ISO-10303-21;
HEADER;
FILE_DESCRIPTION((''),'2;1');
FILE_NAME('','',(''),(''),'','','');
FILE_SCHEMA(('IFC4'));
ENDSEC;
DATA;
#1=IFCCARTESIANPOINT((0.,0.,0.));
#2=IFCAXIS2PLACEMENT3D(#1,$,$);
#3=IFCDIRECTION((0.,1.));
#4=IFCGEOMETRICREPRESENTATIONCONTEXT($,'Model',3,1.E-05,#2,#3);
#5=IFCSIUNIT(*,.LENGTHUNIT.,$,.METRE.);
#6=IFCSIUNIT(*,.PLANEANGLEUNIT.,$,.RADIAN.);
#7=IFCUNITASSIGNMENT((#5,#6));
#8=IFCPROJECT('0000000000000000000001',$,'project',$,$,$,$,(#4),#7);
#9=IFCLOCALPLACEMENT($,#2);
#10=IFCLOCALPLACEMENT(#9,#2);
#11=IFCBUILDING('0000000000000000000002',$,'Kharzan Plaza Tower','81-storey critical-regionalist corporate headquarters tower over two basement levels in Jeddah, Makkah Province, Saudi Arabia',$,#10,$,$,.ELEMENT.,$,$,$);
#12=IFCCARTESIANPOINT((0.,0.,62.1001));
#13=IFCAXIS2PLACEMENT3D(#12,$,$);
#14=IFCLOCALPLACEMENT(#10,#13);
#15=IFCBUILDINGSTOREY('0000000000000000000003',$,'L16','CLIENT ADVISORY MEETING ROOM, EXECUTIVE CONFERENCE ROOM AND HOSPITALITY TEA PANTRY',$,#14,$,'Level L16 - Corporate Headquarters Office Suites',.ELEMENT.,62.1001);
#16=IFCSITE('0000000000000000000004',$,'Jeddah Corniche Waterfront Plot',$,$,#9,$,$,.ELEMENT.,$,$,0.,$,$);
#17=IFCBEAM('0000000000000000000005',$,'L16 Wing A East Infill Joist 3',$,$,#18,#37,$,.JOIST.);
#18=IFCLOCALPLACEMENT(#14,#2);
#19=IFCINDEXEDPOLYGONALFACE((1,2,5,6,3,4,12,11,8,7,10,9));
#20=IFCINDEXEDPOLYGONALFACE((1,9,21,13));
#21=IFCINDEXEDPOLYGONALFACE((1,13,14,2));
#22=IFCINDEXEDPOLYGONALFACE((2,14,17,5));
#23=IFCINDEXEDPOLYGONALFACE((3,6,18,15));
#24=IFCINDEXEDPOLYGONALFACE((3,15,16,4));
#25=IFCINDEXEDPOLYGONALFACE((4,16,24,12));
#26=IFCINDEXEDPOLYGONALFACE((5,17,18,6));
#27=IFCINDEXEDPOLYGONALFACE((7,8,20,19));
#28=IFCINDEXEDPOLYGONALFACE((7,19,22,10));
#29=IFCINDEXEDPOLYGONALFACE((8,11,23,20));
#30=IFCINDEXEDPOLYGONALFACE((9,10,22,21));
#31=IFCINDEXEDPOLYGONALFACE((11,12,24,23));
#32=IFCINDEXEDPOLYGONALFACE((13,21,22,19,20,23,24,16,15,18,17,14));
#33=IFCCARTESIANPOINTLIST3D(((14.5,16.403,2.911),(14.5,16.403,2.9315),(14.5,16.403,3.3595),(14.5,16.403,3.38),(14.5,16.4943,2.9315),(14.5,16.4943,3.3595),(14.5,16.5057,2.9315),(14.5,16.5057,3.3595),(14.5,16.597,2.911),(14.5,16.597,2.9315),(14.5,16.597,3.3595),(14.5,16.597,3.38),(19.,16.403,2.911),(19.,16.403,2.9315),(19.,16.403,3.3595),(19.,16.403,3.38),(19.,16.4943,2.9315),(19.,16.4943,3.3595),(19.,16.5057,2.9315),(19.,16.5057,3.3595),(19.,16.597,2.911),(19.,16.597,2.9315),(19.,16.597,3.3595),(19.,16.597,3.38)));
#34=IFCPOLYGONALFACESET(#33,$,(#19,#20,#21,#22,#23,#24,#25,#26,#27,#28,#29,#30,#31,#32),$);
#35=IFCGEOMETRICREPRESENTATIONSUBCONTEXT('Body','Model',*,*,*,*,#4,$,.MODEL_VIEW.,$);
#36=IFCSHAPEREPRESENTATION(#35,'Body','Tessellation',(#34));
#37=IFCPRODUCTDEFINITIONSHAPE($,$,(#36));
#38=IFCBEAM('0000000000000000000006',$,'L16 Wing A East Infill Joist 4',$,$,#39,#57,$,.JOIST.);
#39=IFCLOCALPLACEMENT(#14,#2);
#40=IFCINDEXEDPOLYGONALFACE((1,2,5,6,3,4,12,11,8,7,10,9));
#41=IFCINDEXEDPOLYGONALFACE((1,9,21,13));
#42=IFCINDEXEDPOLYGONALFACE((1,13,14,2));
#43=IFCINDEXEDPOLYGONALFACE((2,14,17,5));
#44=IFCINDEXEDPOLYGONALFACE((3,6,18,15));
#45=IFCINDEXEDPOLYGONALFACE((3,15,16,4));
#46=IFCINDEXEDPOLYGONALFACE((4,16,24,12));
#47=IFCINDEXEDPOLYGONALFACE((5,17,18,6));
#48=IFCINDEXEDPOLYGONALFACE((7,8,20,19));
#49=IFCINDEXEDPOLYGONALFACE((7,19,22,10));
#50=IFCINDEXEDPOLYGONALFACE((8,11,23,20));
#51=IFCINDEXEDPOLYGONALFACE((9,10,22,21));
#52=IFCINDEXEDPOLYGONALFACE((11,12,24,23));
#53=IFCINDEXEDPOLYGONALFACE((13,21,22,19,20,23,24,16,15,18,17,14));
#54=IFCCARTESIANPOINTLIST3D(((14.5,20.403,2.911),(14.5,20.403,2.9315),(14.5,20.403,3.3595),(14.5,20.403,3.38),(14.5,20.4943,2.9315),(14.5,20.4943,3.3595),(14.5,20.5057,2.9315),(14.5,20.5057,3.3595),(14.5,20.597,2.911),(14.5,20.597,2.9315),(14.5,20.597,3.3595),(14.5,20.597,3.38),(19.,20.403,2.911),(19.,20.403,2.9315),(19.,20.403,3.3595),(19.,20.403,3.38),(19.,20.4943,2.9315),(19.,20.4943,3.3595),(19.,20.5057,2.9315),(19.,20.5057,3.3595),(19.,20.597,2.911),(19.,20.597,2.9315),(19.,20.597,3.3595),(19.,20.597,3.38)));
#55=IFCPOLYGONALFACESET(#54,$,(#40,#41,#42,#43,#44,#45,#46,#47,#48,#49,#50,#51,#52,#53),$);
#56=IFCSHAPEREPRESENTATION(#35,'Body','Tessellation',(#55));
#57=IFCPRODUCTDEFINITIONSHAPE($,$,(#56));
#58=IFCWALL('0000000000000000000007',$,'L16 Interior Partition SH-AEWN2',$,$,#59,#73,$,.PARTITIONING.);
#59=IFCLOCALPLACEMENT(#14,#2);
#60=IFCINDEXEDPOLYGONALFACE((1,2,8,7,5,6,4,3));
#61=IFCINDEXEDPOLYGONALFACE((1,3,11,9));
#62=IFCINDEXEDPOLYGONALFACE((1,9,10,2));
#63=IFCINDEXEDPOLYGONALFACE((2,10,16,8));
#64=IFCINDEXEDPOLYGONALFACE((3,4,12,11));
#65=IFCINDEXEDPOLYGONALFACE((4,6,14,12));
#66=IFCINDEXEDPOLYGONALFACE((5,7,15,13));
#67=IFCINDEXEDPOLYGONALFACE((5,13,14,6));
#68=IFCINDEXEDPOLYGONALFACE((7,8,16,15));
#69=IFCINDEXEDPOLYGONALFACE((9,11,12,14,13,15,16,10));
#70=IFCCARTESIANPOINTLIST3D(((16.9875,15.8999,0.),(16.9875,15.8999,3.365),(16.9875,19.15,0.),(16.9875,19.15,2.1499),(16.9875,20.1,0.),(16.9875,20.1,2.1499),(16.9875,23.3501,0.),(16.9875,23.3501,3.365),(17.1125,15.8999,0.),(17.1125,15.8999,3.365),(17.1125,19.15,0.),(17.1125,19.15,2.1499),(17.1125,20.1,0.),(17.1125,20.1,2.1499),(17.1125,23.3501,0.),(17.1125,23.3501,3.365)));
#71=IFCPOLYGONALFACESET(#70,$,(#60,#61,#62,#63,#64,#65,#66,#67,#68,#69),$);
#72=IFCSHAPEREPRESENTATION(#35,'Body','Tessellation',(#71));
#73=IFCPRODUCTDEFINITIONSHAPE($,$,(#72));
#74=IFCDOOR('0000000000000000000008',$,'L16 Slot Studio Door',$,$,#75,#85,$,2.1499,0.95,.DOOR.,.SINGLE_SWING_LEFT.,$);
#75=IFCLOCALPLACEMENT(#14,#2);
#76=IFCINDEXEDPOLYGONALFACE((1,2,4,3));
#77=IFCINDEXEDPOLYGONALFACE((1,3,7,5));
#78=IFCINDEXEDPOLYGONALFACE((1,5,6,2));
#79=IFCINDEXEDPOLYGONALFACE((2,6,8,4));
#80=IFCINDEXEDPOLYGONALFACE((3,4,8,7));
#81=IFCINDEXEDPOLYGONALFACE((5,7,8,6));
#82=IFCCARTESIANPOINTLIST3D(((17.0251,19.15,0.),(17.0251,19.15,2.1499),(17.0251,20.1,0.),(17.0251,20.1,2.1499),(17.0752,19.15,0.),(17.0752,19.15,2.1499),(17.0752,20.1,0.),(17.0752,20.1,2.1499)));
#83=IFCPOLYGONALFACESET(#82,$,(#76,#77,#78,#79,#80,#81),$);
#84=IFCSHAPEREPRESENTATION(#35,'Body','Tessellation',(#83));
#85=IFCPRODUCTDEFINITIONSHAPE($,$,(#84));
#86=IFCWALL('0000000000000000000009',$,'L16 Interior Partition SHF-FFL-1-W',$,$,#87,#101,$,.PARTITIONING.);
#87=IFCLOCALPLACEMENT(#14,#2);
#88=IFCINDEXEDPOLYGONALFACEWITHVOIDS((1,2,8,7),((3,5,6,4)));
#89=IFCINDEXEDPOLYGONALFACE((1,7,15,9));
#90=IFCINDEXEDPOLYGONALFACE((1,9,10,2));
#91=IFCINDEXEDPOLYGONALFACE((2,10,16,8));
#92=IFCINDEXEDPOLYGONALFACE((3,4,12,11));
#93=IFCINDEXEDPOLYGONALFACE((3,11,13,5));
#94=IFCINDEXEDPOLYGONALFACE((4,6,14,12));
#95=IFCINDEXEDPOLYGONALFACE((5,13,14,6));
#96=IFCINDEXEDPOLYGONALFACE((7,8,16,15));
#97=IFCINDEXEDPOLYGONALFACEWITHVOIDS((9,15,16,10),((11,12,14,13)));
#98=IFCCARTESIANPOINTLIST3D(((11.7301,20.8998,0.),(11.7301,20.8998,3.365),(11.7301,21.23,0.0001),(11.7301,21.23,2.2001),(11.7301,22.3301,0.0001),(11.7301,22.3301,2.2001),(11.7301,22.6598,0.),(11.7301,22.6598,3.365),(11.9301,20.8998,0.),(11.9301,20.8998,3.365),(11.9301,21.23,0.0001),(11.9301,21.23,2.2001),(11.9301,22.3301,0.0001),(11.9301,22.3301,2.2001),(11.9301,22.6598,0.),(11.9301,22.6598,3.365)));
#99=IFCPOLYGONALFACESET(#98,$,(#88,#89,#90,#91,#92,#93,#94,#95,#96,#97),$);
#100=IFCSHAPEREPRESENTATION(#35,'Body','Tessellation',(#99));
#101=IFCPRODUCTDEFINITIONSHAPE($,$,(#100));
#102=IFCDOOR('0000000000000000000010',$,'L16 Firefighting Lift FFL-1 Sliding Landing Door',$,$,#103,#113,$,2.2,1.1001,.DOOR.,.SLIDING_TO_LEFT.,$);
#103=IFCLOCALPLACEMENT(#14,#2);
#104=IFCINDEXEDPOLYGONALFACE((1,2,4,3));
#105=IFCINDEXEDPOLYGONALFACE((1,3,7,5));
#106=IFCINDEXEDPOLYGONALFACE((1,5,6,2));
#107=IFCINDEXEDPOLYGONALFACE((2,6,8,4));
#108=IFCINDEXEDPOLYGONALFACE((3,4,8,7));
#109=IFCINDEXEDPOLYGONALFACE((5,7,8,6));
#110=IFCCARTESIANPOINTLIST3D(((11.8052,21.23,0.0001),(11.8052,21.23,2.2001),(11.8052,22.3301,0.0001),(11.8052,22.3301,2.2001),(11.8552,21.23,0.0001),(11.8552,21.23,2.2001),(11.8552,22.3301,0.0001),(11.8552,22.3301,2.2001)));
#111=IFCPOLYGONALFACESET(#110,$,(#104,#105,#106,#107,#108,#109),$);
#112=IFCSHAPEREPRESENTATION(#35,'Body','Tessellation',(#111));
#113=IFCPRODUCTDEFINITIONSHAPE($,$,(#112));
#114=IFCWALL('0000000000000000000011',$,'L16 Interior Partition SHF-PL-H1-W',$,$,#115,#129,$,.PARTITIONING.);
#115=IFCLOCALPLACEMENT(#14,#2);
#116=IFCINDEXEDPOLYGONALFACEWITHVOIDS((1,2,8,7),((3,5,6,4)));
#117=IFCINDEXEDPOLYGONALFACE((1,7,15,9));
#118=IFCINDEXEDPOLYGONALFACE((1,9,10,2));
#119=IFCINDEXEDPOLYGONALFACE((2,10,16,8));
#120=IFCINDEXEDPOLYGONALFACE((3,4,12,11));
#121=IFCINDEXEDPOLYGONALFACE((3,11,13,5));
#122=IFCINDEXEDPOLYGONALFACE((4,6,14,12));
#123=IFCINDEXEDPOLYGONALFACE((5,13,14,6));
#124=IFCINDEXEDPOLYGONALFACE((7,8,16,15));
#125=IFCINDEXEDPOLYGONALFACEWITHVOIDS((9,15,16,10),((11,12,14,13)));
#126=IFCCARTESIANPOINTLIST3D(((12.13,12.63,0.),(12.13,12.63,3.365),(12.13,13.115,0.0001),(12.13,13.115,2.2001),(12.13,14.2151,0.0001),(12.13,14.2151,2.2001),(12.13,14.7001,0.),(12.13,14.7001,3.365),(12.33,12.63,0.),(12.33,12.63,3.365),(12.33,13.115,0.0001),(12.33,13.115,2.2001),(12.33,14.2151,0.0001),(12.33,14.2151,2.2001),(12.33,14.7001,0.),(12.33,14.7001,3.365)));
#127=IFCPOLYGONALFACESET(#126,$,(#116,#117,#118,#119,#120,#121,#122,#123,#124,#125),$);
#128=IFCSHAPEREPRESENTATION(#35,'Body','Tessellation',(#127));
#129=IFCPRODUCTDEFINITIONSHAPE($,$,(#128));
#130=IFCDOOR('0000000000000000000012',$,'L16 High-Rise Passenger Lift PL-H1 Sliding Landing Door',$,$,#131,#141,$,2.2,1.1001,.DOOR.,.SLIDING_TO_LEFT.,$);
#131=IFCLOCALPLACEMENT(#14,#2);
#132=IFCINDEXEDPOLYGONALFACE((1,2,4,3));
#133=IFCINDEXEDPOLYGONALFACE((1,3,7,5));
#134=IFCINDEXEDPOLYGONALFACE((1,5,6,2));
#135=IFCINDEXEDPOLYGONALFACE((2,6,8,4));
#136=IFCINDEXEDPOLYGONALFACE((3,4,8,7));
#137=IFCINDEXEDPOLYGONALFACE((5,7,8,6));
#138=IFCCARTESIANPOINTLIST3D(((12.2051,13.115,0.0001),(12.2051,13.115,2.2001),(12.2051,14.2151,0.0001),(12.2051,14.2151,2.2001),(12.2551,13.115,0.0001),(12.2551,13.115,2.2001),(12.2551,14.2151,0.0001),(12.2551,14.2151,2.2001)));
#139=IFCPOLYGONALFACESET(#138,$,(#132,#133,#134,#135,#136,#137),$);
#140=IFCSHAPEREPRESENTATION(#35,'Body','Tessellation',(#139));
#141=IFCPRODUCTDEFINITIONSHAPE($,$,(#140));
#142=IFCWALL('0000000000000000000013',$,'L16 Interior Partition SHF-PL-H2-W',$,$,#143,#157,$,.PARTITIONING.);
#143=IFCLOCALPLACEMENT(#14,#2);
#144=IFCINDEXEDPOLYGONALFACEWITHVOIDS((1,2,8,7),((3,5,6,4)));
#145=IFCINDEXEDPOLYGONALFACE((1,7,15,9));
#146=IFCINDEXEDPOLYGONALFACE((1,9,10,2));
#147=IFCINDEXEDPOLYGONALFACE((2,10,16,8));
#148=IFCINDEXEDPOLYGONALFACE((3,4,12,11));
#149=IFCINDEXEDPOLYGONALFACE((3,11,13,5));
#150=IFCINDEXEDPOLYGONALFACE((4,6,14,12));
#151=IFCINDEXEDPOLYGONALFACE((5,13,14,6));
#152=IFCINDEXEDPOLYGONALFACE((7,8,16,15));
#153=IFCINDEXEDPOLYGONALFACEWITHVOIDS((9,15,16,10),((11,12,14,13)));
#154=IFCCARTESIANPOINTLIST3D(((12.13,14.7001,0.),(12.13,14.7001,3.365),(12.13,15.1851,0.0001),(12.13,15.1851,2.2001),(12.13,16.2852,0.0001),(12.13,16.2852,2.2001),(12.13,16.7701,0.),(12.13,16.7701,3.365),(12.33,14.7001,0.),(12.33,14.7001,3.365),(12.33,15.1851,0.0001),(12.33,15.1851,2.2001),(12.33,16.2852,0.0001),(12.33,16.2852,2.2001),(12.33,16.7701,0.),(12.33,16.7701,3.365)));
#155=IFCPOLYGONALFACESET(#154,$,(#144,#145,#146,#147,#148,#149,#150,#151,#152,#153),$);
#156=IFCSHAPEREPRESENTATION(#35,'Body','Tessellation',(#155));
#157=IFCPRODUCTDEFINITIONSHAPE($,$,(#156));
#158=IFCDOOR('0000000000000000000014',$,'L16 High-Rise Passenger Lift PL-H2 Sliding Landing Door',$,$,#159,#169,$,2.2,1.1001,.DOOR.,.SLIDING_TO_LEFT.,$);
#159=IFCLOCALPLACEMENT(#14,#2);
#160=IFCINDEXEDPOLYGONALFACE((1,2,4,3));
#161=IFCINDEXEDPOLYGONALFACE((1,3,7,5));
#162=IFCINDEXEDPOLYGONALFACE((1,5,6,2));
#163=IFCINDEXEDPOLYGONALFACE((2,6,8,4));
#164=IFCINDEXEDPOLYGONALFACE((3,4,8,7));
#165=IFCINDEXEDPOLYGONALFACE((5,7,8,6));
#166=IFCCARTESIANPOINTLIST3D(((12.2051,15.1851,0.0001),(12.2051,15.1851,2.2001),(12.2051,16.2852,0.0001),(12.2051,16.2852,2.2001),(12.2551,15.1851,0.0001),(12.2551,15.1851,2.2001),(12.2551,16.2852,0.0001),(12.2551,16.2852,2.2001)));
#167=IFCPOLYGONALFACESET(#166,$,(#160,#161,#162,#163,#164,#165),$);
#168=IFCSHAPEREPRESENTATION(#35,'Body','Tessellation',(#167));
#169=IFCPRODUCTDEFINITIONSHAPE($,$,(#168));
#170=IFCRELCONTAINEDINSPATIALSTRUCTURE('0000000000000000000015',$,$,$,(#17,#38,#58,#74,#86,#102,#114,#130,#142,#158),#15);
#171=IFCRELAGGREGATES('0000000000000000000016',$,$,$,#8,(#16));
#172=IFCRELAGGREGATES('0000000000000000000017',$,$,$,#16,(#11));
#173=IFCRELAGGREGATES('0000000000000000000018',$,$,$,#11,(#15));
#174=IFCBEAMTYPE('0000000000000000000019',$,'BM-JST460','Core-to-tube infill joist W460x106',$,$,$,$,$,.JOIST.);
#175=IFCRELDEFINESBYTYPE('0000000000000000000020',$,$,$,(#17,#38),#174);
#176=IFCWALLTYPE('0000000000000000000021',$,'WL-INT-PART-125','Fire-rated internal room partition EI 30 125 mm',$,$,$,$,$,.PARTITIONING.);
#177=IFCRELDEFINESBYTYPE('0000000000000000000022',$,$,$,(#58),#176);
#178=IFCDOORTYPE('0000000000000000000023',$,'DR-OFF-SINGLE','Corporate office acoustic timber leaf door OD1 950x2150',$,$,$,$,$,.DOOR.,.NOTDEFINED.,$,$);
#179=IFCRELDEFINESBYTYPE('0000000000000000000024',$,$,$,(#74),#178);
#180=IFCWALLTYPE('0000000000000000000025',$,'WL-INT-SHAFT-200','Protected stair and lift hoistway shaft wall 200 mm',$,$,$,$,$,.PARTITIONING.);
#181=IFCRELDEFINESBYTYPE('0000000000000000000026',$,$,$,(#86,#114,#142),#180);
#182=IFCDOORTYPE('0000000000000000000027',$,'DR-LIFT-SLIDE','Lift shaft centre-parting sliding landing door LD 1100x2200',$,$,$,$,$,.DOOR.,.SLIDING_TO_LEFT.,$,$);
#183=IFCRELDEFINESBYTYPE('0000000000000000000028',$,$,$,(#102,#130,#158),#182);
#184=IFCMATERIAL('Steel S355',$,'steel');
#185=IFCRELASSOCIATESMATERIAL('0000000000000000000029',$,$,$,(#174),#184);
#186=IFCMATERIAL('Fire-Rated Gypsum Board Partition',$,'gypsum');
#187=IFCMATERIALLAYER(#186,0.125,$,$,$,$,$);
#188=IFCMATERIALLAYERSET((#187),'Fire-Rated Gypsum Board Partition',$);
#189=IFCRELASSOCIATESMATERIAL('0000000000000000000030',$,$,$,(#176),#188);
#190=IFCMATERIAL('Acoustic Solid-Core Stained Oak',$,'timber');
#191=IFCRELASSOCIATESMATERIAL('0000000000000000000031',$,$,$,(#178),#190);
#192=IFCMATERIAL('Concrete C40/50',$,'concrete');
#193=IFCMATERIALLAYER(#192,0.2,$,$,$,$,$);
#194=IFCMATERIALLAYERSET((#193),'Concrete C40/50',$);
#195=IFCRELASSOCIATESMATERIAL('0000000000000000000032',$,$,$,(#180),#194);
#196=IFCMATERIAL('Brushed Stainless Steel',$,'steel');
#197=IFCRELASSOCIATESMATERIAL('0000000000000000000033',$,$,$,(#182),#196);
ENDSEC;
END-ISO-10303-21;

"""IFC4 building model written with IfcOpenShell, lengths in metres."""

from ifc_helpers import new_model, si_unit, direction, frame, frame_2d, origin, origin_2d, place, context, subcontext, project, spatial, rectangle, i_section, extrude, source, transform, mapped, material, layer, layer_set, material_profile, profile_set, type_object, element, fill, save


model = new_model("IFC4")

# Units and contexts
model_context = context("Model", 3, precision=1e-05, world=origin(), true_north=direction((0.0, 1.0)))
body_context = subcontext(model_context, "Body", "Model", "MODEL_VIEW")
ifc_project = project(units=[si_unit("LENGTHUNIT", "METRE"), si_unit("PLANEANGLEUNIT", "RADIAN")], contexts=[model_context])

# Site, building, storey
site_placement = place(None, origin())
site = spatial("IfcSite", under=ifc_project, at=site_placement, Name="Jeddah Corniche Waterfront Plot", CompositionType="ELEMENT", RefElevation=0.0)
building_placement = place(site_placement, origin())
building = spatial("IfcBuilding", under=site, at=building_placement, Name="Kharzan Plaza Tower", Description="81-storey critical-regionalist corporate headquarters tower over two basement levels in Jeddah, Makkah Province, Saudi Arabia", CompositionType="ELEMENT")
storey_placement = place(building_placement, frame((0.0, 0.0, 62.1001)))
storey = spatial("IfcBuildingStorey", under=building, at=storey_placement, Name="L16", Description="CLIENT ADVISORY MEETING ROOM, EXECUTIVE CONFERENCE ROOM AND HOSPITALITY TEA PANTRY", LongName="Level L16 - Corporate Headquarters Office Suites", CompositionType="ELEMENT", Elevation=62.1001)

# Beams
ifc_material_1 = material(Name="Steel S355", Category="steel")
ifc_material_profile_1 = material_profile(ifc_material_1, i_section(OverallWidth=0.1941, OverallDepth=0.469, WebThickness=0.0115, FlangeThickness=0.0205, at=origin_2d()), Name="W460x106")
ifc_profile_set_1 = profile_set([ifc_material_profile_1], Name="Steel S355")
beam_type_1 = type_object("IfcBeamType", Name="BM-JST460", Description="Core-to-tube infill joist W460x106", PredefinedType="JOIST", material=ifc_profile_set_1)
shared_shape_1 = source(origin(), body_context, "Body", "SweptSolid", [
    extrude(i_section(OverallWidth=0.1941, OverallDepth=0.469, WebThickness=0.0115, FlangeThickness=0.0205, at=origin_2d()), origin(), (0.0, 0.0, 1.0), 4.5),
])
for number, where, z_axis, x_axis, name in (
    (1, (14.5, 16.5, 3.1455), (1.0, 0.0, 0.0), (0.0, 1.0, 0.0), "L16 Wing A East Infill Joist 3"),
    (2, (14.5, 20.5, 3.1455), (1.0, 0.0, 0.0), (0.0, 1.0, 0.0), "L16 Wing A East Infill Joist 4"),
):
    element("IfcBeam", number, at=place(storey_placement, frame(where, z_axis=z_axis, x_axis=x_axis)), inside=storey, type_object=beam_type_1, Name=name, PredefinedType="JOIST", context=body_context, shape_type="MappedRepresentation", body=[
        mapped(shared_shape_1, transform((0.0, 0.0, 0.0), x_axis=(1.0, 0.0, 0.0), y_axis=(0.0, 1.0, 0.0), z_axis=(0.0, 0.0, 1.0))),
    ])

# Walls, openings, doors
ifc_material_2 = material(Name="Fire-Rated Gypsum Board Partition", Category="gypsum")
ifc_layer_1 = layer(ifc_material_2, 0.125)
ifc_layer_set_1 = layer_set([ifc_layer_1], Name="Fire-Rated Gypsum Board Partition")
wall_type_1 = type_object("IfcWallType", Name="WL-INT-PART-125", Description="Fire-rated internal room partition EI 30 125 mm", PredefinedType="PARTITIONING", material=ifc_layer_set_1)
ifc_material_3 = material(Name="Acoustic Solid-Core Stained Oak", Category="timber")
door_type_1 = type_object("IfcDoorType", Name="DR-OFF-SINGLE", Description="Corporate office acoustic timber leaf door OD1 950x2150", OperationType="NOTDEFINED", PredefinedType="DOOR", material=ifc_material_3)
shared_shape_2 = source(origin(), body_context, "Body", "SweptSolid", [
    extrude(rectangle(XDim=0.95, YDim=2.1499, at=frame_2d((0.4751, 1.075))), frame((0.0, 0.0249, 0.0), z_axis=(0.0, -1.0, 0.0), x_axis=(1.0, 0.0, 0.0)), (0.0, 0.0, 1.0), 0.05),
])
wall_1_placement = place(storey_placement, frame((17.05, 15.8999, 0.0), z_axis=(0.0, 0.0, 1.0), x_axis=(0.0, 1.0, 0.0)))
wall_1 = element("IfcWall", 3, at=wall_1_placement, inside=storey, type_object=wall_type_1, Name="L16 Interior Partition SH-AEWN2", PredefinedType="PARTITIONING", context=body_context, shape_type="SweptSolid", body=[
    extrude(rectangle(XDim=7.4502, YDim=0.125, at=frame_2d((3.7251, 0.0))), origin(), (0.0, 0.0, 1.0), 3.365),
])
opening_1_placement = place(wall_1_placement, frame((3.25, 0.0, 0.0)))
opening_1 = element("IfcOpeningElement", 4, at=opening_1_placement, cuts=wall_1, PredefinedType="OPENING", context=body_context, shape_type="SweptSolid", body=[
    extrude(rectangle(XDim=0.95, YDim=2.1499, at=frame_2d((0.4751, 1.075))), frame((0.0, 0.0725, 0.0), z_axis=(0.0, -1.0, 0.0), x_axis=(1.0, 0.0, 0.0)), (0.0, 0.0, 1.0), 0.145),
])
door_1_placement = place(opening_1_placement, origin())
door_1 = element("IfcDoor", 5, at=door_1_placement, inside=storey, type_object=door_type_1, Name="L16 Slot Studio Door", OperationType="SINGLE_SWING_LEFT", OverallHeight=2.1499, OverallWidth=0.95, PredefinedType="DOOR", context=body_context, shape_type="MappedRepresentation", body=[
    mapped(shared_shape_2, transform((0.0, 0.0, 0.0), x_axis=(1.0, 0.0, 0.0), y_axis=(0.0, 1.0, 0.0), z_axis=(0.0, 0.0, 1.0))),
])
fill(opening_1, door_1)
ifc_material_4 = material(Name="Concrete C40/50", Category="concrete")
ifc_layer_2 = layer(ifc_material_4, 0.2)
ifc_layer_set_2 = layer_set([ifc_layer_2], Name="Concrete C40/50")
wall_type_2 = type_object("IfcWallType", Name="WL-INT-SHAFT-200", Description="Protected stair and lift hoistway shaft wall 200 mm", PredefinedType="PARTITIONING", material=ifc_layer_set_2)
wall_2_placement = place(storey_placement, frame((11.8301, 20.8999, 0.0), z_axis=(0.0, 0.0, 1.0), x_axis=(0.0, 1.0, 0.0)))
wall_2 = element("IfcWall", 6, at=wall_2_placement, inside=storey, type_object=wall_type_2, Name="L16 Interior Partition SHF-FFL-1-W", PredefinedType="PARTITIONING", context=body_context, shape_type="SweptSolid", body=[
    extrude(rectangle(XDim=1.76, YDim=0.2, at=frame_2d((0.8799, 0.0))), origin(), (0.0, 0.0, 1.0), 3.365),
])
opening_2_placement = place(wall_2_placement, frame((0.3301, 0.0, 0.0)))
opening_2 = element("IfcOpeningElement", 7, at=opening_2_placement, cuts=wall_2, PredefinedType="OPENING", context=body_context, shape_type="SweptSolid", body=[
    extrude(rectangle(XDim=1.1001, YDim=2.2, at=frame_2d((0.55, 1.1001))), frame((0.0, 0.1099, 0.0), z_axis=(0.0, -1.0, 0.0), x_axis=(1.0, 0.0, 0.0)), (0.0, 0.0, 1.0), 0.22),
])
ifc_material_5 = material(Name="Brushed Stainless Steel", Category="steel")
door_type_2 = type_object("IfcDoorType", Name="DR-LIFT-SLIDE", Description="Lift shaft centre-parting sliding landing door LD 1100x2200", OperationType="SLIDING_TO_LEFT", PredefinedType="DOOR", material=ifc_material_5)
shared_shape_3 = source(origin(), body_context, "Body", "SweptSolid", [
    extrude(rectangle(XDim=1.1001, YDim=2.2, at=frame_2d((0.55, 1.1001))), frame((0.0, 0.0249, 0.0), z_axis=(0.0, -1.0, 0.0), x_axis=(1.0, 0.0, 0.0)), (0.0, 0.0, 1.0), 0.05),
])
door_2_placement = place(opening_2_placement, origin())
door_2 = element("IfcDoor", 8, at=door_2_placement, inside=storey, type_object=door_type_2, Name="L16 Firefighting Lift FFL-1 Sliding Landing Door", OperationType="SLIDING_TO_LEFT", OverallHeight=2.2, OverallWidth=1.1001, PredefinedType="DOOR", context=body_context, shape_type="MappedRepresentation", body=[
    mapped(shared_shape_3, transform((0.0, 0.0, 0.0), x_axis=(1.0, 0.0, 0.0), y_axis=(0.0, 1.0, 0.0), z_axis=(0.0, 0.0, 1.0))),
])
fill(opening_2, door_2)
wall_3_placement = place(storey_placement, frame((12.23, 12.6299, 0.0), z_axis=(0.0, 0.0, 1.0), x_axis=(0.0, 1.0, 0.0)))
wall_3 = element("IfcWall", 9, at=wall_3_placement, inside=storey, type_object=wall_type_2, Name="L16 Interior Partition SHF-PL-H1-W", PredefinedType="PARTITIONING", context=body_context, shape_type="SweptSolid", body=[
    extrude(rectangle(XDim=2.0701, YDim=0.2, at=frame_2d((1.0352, 0.0))), origin(), (0.0, 0.0, 1.0), 3.365),
])
opening_3_placement = place(wall_3_placement, frame((0.4851, 0.0, 0.0)))
opening_3 = element("IfcOpeningElement", 10, at=opening_3_placement, cuts=wall_3, PredefinedType="OPENING", context=body_context, shape_type="SweptSolid", body=[
    extrude(rectangle(XDim=1.1001, YDim=2.2, at=frame_2d((0.55, 1.1001))), frame((0.0, 0.1099, 0.0), z_axis=(0.0, -1.0, 0.0), x_axis=(1.0, 0.0, 0.0)), (0.0, 0.0, 1.0), 0.22),
])
door_3_placement = place(opening_3_placement, origin())
door_3 = element("IfcDoor", 11, at=door_3_placement, inside=storey, type_object=door_type_2, Name="L16 High-Rise Passenger Lift PL-H1 Sliding Landing Door", OperationType="SLIDING_TO_LEFT", OverallHeight=2.2, OverallWidth=1.1001, PredefinedType="DOOR", context=body_context, shape_type="MappedRepresentation", body=[
    mapped(shared_shape_3, transform((0.0, 0.0, 0.0), x_axis=(1.0, 0.0, 0.0), y_axis=(0.0, 1.0, 0.0), z_axis=(0.0, 0.0, 1.0))),
])
fill(opening_3, door_3)
wall_4_placement = place(storey_placement, frame((12.23, 14.7, 0.0), z_axis=(0.0, 0.0, 1.0), x_axis=(0.0, 1.0, 0.0)))
wall_4 = element("IfcWall", 12, at=wall_4_placement, inside=storey, type_object=wall_type_2, Name="L16 Interior Partition SHF-PL-H2-W", PredefinedType="PARTITIONING", context=body_context, shape_type="SweptSolid", body=[
    extrude(rectangle(XDim=2.0701, YDim=0.2, at=frame_2d((1.0352, 0.0))), origin(), (0.0, 0.0, 1.0), 3.365),
])
opening_4_placement = place(wall_4_placement, frame((0.4851, 0.0, 0.0)))
opening_4 = element("IfcOpeningElement", 13, at=opening_4_placement, cuts=wall_4, PredefinedType="OPENING", context=body_context, shape_type="SweptSolid", body=[
    extrude(rectangle(XDim=1.1001, YDim=2.2, at=frame_2d((0.55, 1.1001))), frame((0.0, 0.1099, 0.0), z_axis=(0.0, -1.0, 0.0), x_axis=(1.0, 0.0, 0.0)), (0.0, 0.0, 1.0), 0.22),
])
door_4_placement = place(opening_4_placement, origin())
door_4 = element("IfcDoor", 14, at=door_4_placement, inside=storey, type_object=door_type_2, Name="L16 High-Rise Passenger Lift PL-H2 Sliding Landing Door", OperationType="SLIDING_TO_LEFT", OverallHeight=2.2, OverallWidth=1.1001, PredefinedType="DOOR", context=body_context, shape_type="MappedRepresentation", body=[
    mapped(shared_shape_3, transform((0.0, 0.0, 0.0), x_axis=(1.0, 0.0, 0.0), y_axis=(0.0, 1.0, 0.0), z_axis=(0.0, 0.0, 1.0))),
])
fill(opening_4, door_4)

save(model, "model.ifc")
